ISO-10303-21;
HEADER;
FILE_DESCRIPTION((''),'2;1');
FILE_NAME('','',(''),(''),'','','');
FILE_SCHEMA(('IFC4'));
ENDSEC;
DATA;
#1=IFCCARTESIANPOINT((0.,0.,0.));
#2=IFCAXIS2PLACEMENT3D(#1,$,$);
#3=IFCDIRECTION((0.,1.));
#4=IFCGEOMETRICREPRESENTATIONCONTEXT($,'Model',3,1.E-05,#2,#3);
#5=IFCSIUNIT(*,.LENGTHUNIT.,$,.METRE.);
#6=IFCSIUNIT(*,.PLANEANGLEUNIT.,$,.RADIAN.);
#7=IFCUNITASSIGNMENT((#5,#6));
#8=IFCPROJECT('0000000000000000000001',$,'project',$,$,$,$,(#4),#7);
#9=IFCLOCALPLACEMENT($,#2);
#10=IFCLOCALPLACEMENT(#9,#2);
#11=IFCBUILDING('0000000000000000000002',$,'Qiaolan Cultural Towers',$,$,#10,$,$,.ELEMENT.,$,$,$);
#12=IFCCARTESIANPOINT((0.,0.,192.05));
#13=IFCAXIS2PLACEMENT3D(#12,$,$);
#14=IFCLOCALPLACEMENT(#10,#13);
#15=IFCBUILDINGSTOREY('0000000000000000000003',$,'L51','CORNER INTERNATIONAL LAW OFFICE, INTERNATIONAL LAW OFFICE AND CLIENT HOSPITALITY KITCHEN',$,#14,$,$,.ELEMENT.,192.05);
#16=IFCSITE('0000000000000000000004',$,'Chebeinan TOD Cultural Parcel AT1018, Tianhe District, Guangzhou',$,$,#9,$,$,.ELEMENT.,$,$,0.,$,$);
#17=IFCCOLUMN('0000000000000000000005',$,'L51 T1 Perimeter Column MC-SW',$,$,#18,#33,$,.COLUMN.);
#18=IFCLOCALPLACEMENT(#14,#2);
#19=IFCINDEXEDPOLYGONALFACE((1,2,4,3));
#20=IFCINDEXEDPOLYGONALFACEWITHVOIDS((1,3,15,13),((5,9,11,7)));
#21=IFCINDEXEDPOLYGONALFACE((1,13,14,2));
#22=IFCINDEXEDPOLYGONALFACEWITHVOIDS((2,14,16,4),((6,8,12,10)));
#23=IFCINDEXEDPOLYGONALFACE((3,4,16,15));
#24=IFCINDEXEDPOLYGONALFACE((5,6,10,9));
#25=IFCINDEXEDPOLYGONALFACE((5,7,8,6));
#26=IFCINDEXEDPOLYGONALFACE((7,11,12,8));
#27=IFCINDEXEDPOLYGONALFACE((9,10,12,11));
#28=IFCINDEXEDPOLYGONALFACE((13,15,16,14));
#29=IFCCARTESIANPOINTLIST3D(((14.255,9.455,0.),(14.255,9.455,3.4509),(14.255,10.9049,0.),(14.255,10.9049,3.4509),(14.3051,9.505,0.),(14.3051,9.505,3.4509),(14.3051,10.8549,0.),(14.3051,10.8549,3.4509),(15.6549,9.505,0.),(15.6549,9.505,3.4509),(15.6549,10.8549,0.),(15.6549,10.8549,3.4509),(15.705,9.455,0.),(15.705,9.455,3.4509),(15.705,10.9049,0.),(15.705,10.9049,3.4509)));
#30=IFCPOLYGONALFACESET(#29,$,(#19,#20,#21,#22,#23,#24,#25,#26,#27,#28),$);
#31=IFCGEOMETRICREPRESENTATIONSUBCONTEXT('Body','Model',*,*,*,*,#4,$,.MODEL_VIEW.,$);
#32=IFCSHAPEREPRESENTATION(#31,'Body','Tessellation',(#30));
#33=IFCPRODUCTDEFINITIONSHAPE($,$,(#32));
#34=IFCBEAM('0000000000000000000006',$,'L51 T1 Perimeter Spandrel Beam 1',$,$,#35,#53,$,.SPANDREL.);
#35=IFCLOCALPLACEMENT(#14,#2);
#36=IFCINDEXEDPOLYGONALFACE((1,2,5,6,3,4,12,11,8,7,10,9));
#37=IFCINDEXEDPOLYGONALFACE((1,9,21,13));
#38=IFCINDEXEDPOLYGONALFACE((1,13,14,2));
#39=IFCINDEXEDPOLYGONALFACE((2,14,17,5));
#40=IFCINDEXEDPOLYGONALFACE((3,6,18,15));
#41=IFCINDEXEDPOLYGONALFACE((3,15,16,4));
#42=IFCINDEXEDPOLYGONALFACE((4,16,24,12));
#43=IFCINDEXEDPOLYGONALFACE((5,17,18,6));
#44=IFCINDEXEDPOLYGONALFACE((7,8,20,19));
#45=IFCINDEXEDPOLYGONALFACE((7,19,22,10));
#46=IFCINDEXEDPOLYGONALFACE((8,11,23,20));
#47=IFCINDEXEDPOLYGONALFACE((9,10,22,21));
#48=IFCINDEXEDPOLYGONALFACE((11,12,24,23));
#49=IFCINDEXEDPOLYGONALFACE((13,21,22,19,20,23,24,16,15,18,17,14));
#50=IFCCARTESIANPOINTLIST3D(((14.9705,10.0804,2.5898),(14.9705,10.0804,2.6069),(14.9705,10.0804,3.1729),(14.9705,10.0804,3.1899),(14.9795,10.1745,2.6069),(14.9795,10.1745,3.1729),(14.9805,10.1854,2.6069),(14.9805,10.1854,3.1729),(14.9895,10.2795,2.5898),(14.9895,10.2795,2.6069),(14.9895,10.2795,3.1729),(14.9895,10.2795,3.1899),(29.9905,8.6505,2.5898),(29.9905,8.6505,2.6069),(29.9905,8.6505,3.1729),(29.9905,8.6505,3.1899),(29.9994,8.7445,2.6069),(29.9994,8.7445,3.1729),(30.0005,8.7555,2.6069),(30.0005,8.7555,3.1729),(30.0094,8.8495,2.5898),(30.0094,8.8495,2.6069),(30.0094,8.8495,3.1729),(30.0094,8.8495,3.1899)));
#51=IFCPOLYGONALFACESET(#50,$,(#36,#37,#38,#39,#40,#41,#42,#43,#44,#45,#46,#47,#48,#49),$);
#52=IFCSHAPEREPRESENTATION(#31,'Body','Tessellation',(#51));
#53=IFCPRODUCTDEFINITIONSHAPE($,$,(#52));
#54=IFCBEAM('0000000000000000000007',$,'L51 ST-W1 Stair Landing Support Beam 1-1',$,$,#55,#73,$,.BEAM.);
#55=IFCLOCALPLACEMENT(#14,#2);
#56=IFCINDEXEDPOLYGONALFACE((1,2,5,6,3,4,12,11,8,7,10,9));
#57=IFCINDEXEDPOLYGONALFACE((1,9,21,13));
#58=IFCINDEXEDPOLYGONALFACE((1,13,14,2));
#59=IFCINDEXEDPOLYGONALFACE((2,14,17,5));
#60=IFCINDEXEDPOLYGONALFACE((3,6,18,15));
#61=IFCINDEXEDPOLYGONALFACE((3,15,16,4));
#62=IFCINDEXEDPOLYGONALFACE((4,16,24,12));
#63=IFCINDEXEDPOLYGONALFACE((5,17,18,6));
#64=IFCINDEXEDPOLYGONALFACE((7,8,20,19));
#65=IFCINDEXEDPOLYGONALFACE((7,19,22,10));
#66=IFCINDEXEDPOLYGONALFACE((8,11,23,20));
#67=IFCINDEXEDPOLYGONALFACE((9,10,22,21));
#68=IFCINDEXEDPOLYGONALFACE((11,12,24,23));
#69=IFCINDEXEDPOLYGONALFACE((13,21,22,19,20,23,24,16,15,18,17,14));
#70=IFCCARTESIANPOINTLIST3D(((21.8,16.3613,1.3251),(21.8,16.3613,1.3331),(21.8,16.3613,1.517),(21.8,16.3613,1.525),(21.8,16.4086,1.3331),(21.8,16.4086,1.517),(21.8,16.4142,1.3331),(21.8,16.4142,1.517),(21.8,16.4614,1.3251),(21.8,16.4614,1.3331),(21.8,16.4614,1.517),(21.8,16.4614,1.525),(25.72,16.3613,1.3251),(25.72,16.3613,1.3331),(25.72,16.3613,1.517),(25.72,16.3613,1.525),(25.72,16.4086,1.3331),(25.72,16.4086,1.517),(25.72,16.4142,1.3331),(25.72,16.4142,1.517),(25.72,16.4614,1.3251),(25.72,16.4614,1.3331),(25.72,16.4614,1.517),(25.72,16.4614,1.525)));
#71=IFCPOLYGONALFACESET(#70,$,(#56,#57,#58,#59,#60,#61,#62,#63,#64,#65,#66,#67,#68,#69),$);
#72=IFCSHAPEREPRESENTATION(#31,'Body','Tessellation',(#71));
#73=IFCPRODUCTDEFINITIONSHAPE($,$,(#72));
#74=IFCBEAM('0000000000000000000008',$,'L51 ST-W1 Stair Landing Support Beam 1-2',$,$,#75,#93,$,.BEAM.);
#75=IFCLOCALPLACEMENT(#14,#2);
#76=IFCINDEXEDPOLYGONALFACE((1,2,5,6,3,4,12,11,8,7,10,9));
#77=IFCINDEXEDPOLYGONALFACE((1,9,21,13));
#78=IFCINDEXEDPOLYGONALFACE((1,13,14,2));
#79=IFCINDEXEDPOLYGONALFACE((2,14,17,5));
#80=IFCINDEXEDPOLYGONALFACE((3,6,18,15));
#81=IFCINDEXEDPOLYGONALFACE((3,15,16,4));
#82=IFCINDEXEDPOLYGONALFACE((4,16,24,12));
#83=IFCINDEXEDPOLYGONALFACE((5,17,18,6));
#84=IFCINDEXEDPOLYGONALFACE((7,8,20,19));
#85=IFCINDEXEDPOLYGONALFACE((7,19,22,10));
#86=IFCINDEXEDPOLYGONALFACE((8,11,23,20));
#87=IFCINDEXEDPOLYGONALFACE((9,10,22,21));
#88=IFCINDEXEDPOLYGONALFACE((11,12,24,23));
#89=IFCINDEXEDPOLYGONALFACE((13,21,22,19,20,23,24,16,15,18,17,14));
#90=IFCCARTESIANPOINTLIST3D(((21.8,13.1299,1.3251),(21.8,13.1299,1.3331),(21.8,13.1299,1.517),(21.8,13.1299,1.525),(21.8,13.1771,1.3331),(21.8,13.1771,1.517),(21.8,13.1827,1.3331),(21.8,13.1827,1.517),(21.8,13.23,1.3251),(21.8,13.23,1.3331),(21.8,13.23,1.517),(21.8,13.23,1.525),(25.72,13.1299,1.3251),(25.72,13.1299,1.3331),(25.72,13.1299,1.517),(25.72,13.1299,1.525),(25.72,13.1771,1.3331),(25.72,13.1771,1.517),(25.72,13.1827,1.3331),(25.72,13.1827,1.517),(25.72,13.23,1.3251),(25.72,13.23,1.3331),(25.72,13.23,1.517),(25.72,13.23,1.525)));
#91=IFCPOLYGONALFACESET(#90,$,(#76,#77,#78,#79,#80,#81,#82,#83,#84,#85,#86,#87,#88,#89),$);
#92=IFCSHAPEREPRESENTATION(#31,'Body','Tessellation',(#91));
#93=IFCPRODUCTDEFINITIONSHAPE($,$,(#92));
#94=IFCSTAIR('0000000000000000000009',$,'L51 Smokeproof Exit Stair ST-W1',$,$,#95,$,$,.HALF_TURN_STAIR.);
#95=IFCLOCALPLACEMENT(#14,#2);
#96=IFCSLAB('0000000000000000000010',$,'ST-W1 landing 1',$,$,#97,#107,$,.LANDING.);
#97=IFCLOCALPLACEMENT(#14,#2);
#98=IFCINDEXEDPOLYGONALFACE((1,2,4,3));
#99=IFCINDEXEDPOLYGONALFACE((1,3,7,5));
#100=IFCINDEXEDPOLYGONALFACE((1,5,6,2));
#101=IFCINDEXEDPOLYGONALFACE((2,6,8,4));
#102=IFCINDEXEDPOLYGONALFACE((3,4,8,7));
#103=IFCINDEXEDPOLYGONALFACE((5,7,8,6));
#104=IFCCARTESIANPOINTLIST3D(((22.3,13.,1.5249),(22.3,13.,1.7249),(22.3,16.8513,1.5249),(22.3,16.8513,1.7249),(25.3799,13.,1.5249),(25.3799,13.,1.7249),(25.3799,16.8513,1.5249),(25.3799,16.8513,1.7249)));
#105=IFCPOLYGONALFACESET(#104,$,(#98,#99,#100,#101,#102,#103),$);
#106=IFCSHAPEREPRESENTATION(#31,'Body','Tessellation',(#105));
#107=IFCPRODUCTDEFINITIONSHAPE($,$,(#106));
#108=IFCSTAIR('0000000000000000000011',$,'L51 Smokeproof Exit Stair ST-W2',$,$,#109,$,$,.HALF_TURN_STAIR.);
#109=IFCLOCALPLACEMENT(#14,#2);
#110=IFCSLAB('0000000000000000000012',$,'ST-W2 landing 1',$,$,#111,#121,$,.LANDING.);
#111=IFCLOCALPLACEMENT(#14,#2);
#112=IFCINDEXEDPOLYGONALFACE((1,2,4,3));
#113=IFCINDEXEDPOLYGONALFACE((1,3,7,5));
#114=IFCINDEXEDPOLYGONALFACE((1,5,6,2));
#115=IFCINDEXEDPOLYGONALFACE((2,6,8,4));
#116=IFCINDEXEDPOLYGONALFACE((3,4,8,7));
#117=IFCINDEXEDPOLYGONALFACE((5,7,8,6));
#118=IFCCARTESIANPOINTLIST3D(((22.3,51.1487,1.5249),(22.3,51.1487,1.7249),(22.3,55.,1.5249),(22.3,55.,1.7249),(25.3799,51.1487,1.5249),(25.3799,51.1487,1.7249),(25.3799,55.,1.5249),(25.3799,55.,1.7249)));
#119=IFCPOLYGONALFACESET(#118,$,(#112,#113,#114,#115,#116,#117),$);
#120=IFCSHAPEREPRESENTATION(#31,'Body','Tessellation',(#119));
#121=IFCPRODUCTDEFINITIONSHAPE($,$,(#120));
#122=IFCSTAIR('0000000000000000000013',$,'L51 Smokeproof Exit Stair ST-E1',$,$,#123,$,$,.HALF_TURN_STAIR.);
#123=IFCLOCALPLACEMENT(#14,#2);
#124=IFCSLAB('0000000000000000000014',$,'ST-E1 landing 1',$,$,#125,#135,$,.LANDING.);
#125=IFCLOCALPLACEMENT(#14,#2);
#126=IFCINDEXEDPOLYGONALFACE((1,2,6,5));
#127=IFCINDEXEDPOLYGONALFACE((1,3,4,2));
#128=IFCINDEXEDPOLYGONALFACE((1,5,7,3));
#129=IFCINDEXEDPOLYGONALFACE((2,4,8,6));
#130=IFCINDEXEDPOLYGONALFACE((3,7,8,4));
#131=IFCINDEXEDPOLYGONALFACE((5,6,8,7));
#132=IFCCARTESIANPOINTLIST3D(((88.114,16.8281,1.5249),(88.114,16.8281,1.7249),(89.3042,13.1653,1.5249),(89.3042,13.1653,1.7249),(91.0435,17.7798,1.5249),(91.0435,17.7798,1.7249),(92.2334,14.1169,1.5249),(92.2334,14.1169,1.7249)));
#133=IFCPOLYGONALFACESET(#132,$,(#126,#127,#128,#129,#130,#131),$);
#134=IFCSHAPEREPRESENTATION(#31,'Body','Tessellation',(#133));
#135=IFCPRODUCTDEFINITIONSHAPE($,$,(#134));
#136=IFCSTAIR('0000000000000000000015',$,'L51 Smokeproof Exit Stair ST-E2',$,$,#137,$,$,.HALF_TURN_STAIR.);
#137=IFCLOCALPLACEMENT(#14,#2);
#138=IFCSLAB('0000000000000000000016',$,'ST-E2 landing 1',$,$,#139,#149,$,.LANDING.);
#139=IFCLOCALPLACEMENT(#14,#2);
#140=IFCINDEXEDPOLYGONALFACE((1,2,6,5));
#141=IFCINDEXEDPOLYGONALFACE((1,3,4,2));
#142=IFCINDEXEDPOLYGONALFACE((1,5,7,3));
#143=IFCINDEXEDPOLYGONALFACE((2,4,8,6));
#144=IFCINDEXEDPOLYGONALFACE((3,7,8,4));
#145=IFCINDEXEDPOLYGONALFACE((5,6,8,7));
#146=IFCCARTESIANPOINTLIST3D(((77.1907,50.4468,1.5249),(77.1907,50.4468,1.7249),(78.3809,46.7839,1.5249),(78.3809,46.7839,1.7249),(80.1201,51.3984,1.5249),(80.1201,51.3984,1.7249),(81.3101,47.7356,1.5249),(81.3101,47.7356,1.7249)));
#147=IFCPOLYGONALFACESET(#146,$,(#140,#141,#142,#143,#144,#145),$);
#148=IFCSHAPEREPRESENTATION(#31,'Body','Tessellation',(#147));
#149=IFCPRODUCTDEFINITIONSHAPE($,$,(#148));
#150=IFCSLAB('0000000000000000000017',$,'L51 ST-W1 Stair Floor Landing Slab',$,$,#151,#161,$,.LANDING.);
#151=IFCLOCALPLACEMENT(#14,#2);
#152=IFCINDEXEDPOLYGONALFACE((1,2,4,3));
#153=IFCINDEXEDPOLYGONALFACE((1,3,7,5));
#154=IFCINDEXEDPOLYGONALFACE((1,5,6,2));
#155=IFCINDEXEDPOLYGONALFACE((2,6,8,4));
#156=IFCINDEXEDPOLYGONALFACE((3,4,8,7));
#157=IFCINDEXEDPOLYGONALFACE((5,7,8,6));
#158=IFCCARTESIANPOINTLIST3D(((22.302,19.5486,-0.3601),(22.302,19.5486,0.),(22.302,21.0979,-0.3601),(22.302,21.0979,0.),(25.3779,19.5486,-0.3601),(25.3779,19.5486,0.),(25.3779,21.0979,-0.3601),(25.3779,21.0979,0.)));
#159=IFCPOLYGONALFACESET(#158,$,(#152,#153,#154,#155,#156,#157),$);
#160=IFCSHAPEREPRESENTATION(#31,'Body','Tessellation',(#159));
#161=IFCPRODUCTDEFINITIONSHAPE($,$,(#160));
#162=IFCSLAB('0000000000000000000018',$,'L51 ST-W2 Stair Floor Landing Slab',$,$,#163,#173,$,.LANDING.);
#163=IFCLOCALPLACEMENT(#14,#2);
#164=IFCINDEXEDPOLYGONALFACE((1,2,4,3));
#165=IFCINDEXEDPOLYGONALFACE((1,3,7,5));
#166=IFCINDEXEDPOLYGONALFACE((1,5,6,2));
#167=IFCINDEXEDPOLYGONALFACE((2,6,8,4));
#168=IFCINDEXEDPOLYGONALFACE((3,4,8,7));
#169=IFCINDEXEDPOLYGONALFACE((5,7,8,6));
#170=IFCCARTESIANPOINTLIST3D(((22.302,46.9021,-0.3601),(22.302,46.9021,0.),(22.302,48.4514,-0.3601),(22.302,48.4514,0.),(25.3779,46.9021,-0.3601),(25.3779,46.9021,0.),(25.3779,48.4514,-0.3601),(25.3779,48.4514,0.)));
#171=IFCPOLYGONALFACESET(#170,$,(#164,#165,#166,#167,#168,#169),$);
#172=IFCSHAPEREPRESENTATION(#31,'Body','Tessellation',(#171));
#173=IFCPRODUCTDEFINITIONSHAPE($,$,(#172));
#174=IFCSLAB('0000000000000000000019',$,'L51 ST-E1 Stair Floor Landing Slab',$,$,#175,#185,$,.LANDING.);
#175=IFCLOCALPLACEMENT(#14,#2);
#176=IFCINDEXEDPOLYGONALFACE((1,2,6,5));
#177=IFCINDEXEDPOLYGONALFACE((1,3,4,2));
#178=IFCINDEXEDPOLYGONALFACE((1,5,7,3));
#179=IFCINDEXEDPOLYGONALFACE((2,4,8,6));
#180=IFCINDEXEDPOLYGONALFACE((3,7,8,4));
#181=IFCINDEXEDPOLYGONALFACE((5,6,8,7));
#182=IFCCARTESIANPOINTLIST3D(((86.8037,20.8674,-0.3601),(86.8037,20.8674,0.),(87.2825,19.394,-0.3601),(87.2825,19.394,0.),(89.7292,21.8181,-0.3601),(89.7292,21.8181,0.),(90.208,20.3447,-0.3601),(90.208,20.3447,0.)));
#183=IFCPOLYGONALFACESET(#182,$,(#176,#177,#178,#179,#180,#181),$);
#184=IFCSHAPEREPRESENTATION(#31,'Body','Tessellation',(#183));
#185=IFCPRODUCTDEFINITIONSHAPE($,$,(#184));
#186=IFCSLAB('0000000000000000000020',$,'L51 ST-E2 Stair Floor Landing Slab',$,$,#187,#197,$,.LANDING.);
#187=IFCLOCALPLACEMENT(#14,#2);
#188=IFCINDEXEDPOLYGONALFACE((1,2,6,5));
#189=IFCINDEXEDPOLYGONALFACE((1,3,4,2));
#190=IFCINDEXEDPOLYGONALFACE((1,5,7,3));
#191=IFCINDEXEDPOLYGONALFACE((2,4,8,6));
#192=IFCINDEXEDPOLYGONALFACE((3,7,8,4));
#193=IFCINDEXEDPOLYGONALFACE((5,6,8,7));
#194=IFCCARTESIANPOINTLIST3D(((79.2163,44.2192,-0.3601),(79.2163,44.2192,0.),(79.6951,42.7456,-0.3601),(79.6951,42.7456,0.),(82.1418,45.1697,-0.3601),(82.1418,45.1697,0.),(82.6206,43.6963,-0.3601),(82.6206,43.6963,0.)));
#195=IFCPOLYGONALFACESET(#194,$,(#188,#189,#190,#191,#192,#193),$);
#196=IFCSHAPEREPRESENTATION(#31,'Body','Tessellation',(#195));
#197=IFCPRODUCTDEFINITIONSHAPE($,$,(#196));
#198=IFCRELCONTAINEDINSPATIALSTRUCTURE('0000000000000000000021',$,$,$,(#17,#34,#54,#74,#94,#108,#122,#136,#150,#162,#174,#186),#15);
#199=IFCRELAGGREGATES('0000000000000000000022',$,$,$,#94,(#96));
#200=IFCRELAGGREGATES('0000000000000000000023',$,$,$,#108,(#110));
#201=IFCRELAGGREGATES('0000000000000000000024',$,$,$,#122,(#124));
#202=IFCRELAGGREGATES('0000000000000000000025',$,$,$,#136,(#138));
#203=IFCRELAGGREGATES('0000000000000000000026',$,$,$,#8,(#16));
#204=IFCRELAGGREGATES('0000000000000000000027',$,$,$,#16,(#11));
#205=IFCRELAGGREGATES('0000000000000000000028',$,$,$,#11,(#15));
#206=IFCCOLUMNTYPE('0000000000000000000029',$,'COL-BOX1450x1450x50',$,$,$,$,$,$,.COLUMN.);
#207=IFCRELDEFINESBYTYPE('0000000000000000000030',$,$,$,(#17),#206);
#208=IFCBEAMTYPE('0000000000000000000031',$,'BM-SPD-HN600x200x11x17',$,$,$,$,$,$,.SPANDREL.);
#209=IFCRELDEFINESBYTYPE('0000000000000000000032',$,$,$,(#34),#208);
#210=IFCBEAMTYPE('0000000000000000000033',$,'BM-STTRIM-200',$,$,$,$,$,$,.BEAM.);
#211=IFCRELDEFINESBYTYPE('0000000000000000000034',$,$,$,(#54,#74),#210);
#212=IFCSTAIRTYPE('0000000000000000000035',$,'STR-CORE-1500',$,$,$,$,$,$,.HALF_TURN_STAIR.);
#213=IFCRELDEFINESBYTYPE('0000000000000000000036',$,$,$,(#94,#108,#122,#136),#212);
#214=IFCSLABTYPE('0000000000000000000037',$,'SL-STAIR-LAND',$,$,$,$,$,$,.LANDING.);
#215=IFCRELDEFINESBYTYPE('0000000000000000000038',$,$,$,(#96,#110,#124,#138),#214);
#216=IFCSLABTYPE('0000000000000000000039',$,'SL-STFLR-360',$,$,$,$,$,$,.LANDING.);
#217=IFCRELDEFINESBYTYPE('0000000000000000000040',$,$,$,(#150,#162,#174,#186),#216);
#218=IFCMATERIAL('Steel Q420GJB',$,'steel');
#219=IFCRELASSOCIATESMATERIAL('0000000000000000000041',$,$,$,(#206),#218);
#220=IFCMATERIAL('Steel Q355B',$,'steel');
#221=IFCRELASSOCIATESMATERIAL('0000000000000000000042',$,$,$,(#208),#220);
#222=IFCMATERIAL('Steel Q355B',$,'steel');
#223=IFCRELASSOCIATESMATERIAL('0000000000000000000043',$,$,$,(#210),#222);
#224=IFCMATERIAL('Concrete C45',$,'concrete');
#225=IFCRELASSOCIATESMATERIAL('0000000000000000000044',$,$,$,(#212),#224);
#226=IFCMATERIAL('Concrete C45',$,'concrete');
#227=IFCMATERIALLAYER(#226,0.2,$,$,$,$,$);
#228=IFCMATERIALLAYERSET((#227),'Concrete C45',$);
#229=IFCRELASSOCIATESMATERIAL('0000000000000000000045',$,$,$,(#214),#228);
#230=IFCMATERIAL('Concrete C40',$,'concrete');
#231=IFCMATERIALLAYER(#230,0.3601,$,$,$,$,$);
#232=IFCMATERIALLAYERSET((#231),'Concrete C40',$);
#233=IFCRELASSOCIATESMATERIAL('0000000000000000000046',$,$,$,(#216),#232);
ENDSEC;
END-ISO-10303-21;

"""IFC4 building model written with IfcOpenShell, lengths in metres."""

from ifc_helpers import new_model, si_unit, direction, frame, origin, origin_2d, place, context, subcontext, project, spatial, polyline, hollow_rectangle, i_section, outline, extrude, material, layer, layer_set, material_profile, profile_set, type_object, element, aggregate, save


model = new_model("IFC4")

# Units and contexts
model_context = context("Model", 3, precision=1e-05, world=origin(), true_north=direction((0.0, 1.0)))
body_context = subcontext(model_context, "Body", "Model", "MODEL_VIEW")
ifc_project = project(units=[si_unit("LENGTHUNIT", "METRE"), si_unit("PLANEANGLEUNIT", "RADIAN")], contexts=[model_context])

# Site, building, storey
site_placement = place(None, origin())
site = spatial("IfcSite", under=ifc_project, at=site_placement, Name="Chebeinan TOD Cultural Parcel AT1018, Tianhe District, Guangzhou", CompositionType="ELEMENT", RefElevation=0.0)
building_placement = place(site_placement, origin())
building = spatial("IfcBuilding", under=site, at=building_placement, Name="Qiaolan Cultural Towers", CompositionType="ELEMENT")
storey_placement = place(building_placement, frame((0.0, 0.0, 192.05)))
storey = spatial("IfcBuildingStorey", under=building, at=storey_placement, Name="L51", Description="CORNER INTERNATIONAL LAW OFFICE, INTERNATIONAL LAW OFFICE AND CLIENT HOSPITALITY KITCHEN", CompositionType="ELEMENT", Elevation=192.05)

# Column
ifc_material_1 = material(Name="Steel Q420GJB", Category="steel")
ifc_material_profile_1 = material_profile(ifc_material_1, hollow_rectangle(XDim=1.45, YDim=1.45, WallThickness=0.05, at=origin_2d()), Name="BOX1450x1450x50")
ifc_profile_set_1 = profile_set([ifc_material_profile_1], Name="Steel Q420GJB")
column_type = type_object("IfcColumnType", Name="COL-BOX1450x1450x50", PredefinedType="COLUMN", material=ifc_profile_set_1)
column_placement = place(storey_placement, frame((14.98, 10.1799, 0.0), z_axis=(0.0, 0.0, 1.0), x_axis=(1.0, 0.0, 0.0)))
element("IfcColumn", 1, at=column_placement, inside=storey, type_object=column_type, Name="L51 T1 Perimeter Column MC-SW", PredefinedType="COLUMN", context=body_context, shape_type="SweptSolid", body=[
    extrude(hollow_rectangle(XDim=1.45, YDim=1.45, WallThickness=0.05, at=origin_2d()), origin(), (0.0, 0.0, 1.0), 3.4509),
])

# Beams
ifc_material_2 = material(Name="Steel Q355B", Category="steel")
ifc_material_profile_2 = material_profile(ifc_material_2, i_section(OverallWidth=0.2, OverallDepth=0.6001, WebThickness=0.011, FlangeThickness=0.0171, at=origin_2d()), Name="HN600x200x11x17")
ifc_profile_set_2 = profile_set([ifc_material_profile_2], Name="Steel Q355B")
beam_type_1 = type_object("IfcBeamType", Name="BM-SPD-HN600x200x11x17", PredefinedType="SPANDREL", material=ifc_profile_set_2)
beam_placement = place(storey_placement, frame((14.98, 10.1799, 2.8899), z_axis=(0.995499, -0.094773, 0.0), x_axis=(0.094773, 0.995499, 0.0)))
element("IfcBeam", 2, at=beam_placement, inside=storey, type_object=beam_type_1, Name="L51 T1 Perimeter Spandrel Beam 1", PredefinedType="SPANDREL", context=body_context, shape_type="SweptSolid", body=[
    extrude(i_section(OverallWidth=0.2, OverallDepth=0.6001, WebThickness=0.011, FlangeThickness=0.0171, at=origin_2d()), origin(), (0.0, 0.0, 1.0), 15.0879),
])
ifc_material_3 = material(Name="Steel Q355B", Category="steel")
ifc_material_profile_3 = material_profile(ifc_material_3, i_section(OverallWidth=0.1001, OverallDepth=0.2, WebThickness=0.0056, FlangeThickness=0.0081, at=origin_2d()), Name="HN200x100x5.5x8")
ifc_profile_set_3 = profile_set([ifc_material_profile_3], Name="Steel Q355B")
beam_type_2 = type_object("IfcBeamType", Name="BM-STTRIM-200", PredefinedType="BEAM", material=ifc_profile_set_3)
for number, where, z_axis, x_axis, name in (
    (3, (21.8, 16.4114, 1.425), (1.0, 0.0, 0.0), (0.0, 1.0, 0.0), "L51 ST-W1 Stair Landing Support Beam 1-1"),
    (4, (21.8, 13.1799, 1.425), (1.0, 0.0, 0.0), (0.0, 1.0, 0.0), "L51 ST-W1 Stair Landing Support Beam 1-2"),
):
    element("IfcBeam", number, at=place(storey_placement, frame(where, z_axis=z_axis, x_axis=x_axis)), inside=storey, type_object=beam_type_2, Name=name, PredefinedType="BEAM", context=body_context, shape_type="SweptSolid", body=[
        extrude(i_section(OverallWidth=0.1001, OverallDepth=0.2, WebThickness=0.0056, FlangeThickness=0.0081, at=origin_2d()), origin(), (0.0, 0.0, 1.0), 3.9199),
    ])

# Stairs, slabs
ifc_material_4 = material(Name="Concrete C45", Category="concrete")
stair_type = type_object("IfcStairType", Name="STR-CORE-1500", PredefinedType="HALF_TURN_STAIR", material=ifc_material_4)
stair_1_placement = place(storey_placement, origin())
stair_1 = element("IfcStair", 5, at=stair_1_placement, inside=storey, type_object=stair_type, Name="L51 Smokeproof Exit Stair ST-W1", PredefinedType="HALF_TURN_STAIR")
ifc_material_5 = material(Name="Concrete C45", Category="concrete")
ifc_layer_1 = layer(ifc_material_5, 0.2)
ifc_layer_set_1 = layer_set([ifc_layer_1], Name="Concrete C45")
slab_type_1 = type_object("IfcSlabType", Name="SL-STAIR-LAND", PredefinedType="LANDING", material=ifc_layer_set_1)
slab_1_placement = place(storey_placement, frame((0.0, 0.0, 1.5249)))
slab_1 = element("IfcSlab", 6, at=slab_1_placement, type_object=slab_type_1, Name="ST-W1 landing 1", PredefinedType="LANDING", context=body_context, shape_type="SweptSolid", body=[
    extrude(outline(polyline([(22.3, 16.8513), (22.3, 13.0), (25.3799, 13.0), (25.3799, 16.8513), (22.3, 16.8513)])), origin(), (0.0, 0.0, 1.0), 0.2),
])
aggregate(stair_1, [slab_1])
stair_2_placement = place(storey_placement, origin())
stair_2 = element("IfcStair", 7, at=stair_2_placement, inside=storey, type_object=stair_type, Name="L51 Smokeproof Exit Stair ST-W2", PredefinedType="HALF_TURN_STAIR")
slab_2_placement = place(storey_placement, frame((0.0, 0.0, 1.5249)))
slab_2 = element("IfcSlab", 8, at=slab_2_placement, type_object=slab_type_1, Name="ST-W2 landing 1", PredefinedType="LANDING", context=body_context, shape_type="SweptSolid", body=[
    extrude(outline(polyline([(25.3799, 51.1487), (25.3799, 55.0), (22.3, 55.0), (22.3, 51.1487), (25.3799, 51.1487)])), origin(), (0.0, 0.0, 1.0), 0.2),
])
aggregate(stair_2, [slab_2])
stair_3_placement = place(storey_placement, origin())
stair_3 = element("IfcStair", 9, at=stair_3_placement, inside=storey, type_object=stair_type, Name="L51 Smokeproof Exit Stair ST-E1", PredefinedType="HALF_TURN_STAIR")
slab_3_placement = place(storey_placement, frame((0.0, 0.0, 1.5249)))
slab_3 = element("IfcSlab", 10, at=slab_3_placement, type_object=slab_type_1, Name="ST-E1 landing 1", PredefinedType="LANDING", context=body_context, shape_type="SweptSolid", body=[
    extrude(outline(polyline([(88.114, 16.8281), (89.3042, 13.1653), (92.2334, 14.1169), (91.0435, 17.7798), (88.114, 16.8281)])), origin(), (0.0, 0.0, 1.0), 0.2),
])
aggregate(stair_3, [slab_3])
stair_4_placement = place(storey_placement, origin())
stair_4 = element("IfcStair", 11, at=stair_4_placement, inside=storey, type_object=stair_type, Name="L51 Smokeproof Exit Stair ST-E2", PredefinedType="HALF_TURN_STAIR")
slab_4_placement = place(storey_placement, frame((0.0, 0.0, 1.5249)))
slab_4 = element("IfcSlab", 12, at=slab_4_placement, type_object=slab_type_1, Name="ST-E2 landing 1", PredefinedType="LANDING", context=body_context, shape_type="SweptSolid", body=[
    extrude(outline(polyline([(81.3101, 47.7356), (80.1201, 51.3984), (77.1907, 50.4468), (78.3809, 46.7839), (81.3101, 47.7356)])), origin(), (0.0, 0.0, 1.0), 0.2),
])
aggregate(stair_4, [slab_4])

# Slabs
ifc_material_6 = material(Name="Concrete C40", Category="concrete")
ifc_layer_2 = layer(ifc_material_6, 0.3601)
ifc_layer_set_2 = layer_set([ifc_layer_2], Name="Concrete C40")
slab_type_2 = type_object("IfcSlabType", Name="SL-STFLR-360", PredefinedType="LANDING", material=ifc_layer_set_2)
slab_5_placement = place(storey_placement, frame((0.0, 0.0, -0.3601)))
element("IfcSlab", 13, at=slab_5_placement, inside=storey, type_object=slab_type_2, Name="L51 ST-W1 Stair Floor Landing Slab", PredefinedType="LANDING", context=body_context, shape_type="SweptSolid", body=[
    extrude(outline(polyline([(22.302, 21.0979), (22.302, 19.5486), (25.3779, 19.5486), (25.3779, 21.0979), (22.302, 21.0979)])), origin(), (0.0, 0.0, 1.0), 0.3601),
])
slab_6_placement = place(storey_placement, frame((0.0, 0.0, -0.3601)))
element("IfcSlab", 14, at=slab_6_placement, inside=storey, type_object=slab_type_2, Name="L51 ST-W2 Stair Floor Landing Slab", PredefinedType="LANDING", context=body_context, shape_type="SweptSolid", body=[
    extrude(outline(polyline([(25.3779, 46.9021), (25.3779, 48.4514), (22.302, 48.4514), (22.302, 46.9021), (25.3779, 46.9021)])), origin(), (0.0, 0.0, 1.0), 0.3601),
])
slab_7_placement = place(storey_placement, frame((0.0, 0.0, -0.3601)))
element("IfcSlab", 15, at=slab_7_placement, inside=storey, type_object=slab_type_2, Name="L51 ST-E1 Stair Floor Landing Slab", PredefinedType="LANDING", context=body_context, shape_type="SweptSolid", body=[
    extrude(outline(polyline([(86.8037, 20.8674), (87.2825, 19.394), (90.208, 20.3447), (89.7292, 21.8181), (86.8037, 20.8674)])), origin(), (0.0, 0.0, 1.0), 0.3601),
])
slab_8_placement = place(storey_placement, frame((0.0, 0.0, -0.3601)))
element("IfcSlab", 16, at=slab_8_placement, inside=storey, type_object=slab_type_2, Name="L51 ST-E2 Stair Floor Landing Slab", PredefinedType="LANDING", context=body_context, shape_type="SweptSolid", body=[
    extrude(outline(polyline([(82.6206, 43.6963), (82.1418, 45.1697), (79.2163, 44.2192), (79.6951, 42.7456), (82.6206, 43.6963)])), origin(), (0.0, 0.0, 1.0), 0.3601),
])

save(model, "model.ifc")
